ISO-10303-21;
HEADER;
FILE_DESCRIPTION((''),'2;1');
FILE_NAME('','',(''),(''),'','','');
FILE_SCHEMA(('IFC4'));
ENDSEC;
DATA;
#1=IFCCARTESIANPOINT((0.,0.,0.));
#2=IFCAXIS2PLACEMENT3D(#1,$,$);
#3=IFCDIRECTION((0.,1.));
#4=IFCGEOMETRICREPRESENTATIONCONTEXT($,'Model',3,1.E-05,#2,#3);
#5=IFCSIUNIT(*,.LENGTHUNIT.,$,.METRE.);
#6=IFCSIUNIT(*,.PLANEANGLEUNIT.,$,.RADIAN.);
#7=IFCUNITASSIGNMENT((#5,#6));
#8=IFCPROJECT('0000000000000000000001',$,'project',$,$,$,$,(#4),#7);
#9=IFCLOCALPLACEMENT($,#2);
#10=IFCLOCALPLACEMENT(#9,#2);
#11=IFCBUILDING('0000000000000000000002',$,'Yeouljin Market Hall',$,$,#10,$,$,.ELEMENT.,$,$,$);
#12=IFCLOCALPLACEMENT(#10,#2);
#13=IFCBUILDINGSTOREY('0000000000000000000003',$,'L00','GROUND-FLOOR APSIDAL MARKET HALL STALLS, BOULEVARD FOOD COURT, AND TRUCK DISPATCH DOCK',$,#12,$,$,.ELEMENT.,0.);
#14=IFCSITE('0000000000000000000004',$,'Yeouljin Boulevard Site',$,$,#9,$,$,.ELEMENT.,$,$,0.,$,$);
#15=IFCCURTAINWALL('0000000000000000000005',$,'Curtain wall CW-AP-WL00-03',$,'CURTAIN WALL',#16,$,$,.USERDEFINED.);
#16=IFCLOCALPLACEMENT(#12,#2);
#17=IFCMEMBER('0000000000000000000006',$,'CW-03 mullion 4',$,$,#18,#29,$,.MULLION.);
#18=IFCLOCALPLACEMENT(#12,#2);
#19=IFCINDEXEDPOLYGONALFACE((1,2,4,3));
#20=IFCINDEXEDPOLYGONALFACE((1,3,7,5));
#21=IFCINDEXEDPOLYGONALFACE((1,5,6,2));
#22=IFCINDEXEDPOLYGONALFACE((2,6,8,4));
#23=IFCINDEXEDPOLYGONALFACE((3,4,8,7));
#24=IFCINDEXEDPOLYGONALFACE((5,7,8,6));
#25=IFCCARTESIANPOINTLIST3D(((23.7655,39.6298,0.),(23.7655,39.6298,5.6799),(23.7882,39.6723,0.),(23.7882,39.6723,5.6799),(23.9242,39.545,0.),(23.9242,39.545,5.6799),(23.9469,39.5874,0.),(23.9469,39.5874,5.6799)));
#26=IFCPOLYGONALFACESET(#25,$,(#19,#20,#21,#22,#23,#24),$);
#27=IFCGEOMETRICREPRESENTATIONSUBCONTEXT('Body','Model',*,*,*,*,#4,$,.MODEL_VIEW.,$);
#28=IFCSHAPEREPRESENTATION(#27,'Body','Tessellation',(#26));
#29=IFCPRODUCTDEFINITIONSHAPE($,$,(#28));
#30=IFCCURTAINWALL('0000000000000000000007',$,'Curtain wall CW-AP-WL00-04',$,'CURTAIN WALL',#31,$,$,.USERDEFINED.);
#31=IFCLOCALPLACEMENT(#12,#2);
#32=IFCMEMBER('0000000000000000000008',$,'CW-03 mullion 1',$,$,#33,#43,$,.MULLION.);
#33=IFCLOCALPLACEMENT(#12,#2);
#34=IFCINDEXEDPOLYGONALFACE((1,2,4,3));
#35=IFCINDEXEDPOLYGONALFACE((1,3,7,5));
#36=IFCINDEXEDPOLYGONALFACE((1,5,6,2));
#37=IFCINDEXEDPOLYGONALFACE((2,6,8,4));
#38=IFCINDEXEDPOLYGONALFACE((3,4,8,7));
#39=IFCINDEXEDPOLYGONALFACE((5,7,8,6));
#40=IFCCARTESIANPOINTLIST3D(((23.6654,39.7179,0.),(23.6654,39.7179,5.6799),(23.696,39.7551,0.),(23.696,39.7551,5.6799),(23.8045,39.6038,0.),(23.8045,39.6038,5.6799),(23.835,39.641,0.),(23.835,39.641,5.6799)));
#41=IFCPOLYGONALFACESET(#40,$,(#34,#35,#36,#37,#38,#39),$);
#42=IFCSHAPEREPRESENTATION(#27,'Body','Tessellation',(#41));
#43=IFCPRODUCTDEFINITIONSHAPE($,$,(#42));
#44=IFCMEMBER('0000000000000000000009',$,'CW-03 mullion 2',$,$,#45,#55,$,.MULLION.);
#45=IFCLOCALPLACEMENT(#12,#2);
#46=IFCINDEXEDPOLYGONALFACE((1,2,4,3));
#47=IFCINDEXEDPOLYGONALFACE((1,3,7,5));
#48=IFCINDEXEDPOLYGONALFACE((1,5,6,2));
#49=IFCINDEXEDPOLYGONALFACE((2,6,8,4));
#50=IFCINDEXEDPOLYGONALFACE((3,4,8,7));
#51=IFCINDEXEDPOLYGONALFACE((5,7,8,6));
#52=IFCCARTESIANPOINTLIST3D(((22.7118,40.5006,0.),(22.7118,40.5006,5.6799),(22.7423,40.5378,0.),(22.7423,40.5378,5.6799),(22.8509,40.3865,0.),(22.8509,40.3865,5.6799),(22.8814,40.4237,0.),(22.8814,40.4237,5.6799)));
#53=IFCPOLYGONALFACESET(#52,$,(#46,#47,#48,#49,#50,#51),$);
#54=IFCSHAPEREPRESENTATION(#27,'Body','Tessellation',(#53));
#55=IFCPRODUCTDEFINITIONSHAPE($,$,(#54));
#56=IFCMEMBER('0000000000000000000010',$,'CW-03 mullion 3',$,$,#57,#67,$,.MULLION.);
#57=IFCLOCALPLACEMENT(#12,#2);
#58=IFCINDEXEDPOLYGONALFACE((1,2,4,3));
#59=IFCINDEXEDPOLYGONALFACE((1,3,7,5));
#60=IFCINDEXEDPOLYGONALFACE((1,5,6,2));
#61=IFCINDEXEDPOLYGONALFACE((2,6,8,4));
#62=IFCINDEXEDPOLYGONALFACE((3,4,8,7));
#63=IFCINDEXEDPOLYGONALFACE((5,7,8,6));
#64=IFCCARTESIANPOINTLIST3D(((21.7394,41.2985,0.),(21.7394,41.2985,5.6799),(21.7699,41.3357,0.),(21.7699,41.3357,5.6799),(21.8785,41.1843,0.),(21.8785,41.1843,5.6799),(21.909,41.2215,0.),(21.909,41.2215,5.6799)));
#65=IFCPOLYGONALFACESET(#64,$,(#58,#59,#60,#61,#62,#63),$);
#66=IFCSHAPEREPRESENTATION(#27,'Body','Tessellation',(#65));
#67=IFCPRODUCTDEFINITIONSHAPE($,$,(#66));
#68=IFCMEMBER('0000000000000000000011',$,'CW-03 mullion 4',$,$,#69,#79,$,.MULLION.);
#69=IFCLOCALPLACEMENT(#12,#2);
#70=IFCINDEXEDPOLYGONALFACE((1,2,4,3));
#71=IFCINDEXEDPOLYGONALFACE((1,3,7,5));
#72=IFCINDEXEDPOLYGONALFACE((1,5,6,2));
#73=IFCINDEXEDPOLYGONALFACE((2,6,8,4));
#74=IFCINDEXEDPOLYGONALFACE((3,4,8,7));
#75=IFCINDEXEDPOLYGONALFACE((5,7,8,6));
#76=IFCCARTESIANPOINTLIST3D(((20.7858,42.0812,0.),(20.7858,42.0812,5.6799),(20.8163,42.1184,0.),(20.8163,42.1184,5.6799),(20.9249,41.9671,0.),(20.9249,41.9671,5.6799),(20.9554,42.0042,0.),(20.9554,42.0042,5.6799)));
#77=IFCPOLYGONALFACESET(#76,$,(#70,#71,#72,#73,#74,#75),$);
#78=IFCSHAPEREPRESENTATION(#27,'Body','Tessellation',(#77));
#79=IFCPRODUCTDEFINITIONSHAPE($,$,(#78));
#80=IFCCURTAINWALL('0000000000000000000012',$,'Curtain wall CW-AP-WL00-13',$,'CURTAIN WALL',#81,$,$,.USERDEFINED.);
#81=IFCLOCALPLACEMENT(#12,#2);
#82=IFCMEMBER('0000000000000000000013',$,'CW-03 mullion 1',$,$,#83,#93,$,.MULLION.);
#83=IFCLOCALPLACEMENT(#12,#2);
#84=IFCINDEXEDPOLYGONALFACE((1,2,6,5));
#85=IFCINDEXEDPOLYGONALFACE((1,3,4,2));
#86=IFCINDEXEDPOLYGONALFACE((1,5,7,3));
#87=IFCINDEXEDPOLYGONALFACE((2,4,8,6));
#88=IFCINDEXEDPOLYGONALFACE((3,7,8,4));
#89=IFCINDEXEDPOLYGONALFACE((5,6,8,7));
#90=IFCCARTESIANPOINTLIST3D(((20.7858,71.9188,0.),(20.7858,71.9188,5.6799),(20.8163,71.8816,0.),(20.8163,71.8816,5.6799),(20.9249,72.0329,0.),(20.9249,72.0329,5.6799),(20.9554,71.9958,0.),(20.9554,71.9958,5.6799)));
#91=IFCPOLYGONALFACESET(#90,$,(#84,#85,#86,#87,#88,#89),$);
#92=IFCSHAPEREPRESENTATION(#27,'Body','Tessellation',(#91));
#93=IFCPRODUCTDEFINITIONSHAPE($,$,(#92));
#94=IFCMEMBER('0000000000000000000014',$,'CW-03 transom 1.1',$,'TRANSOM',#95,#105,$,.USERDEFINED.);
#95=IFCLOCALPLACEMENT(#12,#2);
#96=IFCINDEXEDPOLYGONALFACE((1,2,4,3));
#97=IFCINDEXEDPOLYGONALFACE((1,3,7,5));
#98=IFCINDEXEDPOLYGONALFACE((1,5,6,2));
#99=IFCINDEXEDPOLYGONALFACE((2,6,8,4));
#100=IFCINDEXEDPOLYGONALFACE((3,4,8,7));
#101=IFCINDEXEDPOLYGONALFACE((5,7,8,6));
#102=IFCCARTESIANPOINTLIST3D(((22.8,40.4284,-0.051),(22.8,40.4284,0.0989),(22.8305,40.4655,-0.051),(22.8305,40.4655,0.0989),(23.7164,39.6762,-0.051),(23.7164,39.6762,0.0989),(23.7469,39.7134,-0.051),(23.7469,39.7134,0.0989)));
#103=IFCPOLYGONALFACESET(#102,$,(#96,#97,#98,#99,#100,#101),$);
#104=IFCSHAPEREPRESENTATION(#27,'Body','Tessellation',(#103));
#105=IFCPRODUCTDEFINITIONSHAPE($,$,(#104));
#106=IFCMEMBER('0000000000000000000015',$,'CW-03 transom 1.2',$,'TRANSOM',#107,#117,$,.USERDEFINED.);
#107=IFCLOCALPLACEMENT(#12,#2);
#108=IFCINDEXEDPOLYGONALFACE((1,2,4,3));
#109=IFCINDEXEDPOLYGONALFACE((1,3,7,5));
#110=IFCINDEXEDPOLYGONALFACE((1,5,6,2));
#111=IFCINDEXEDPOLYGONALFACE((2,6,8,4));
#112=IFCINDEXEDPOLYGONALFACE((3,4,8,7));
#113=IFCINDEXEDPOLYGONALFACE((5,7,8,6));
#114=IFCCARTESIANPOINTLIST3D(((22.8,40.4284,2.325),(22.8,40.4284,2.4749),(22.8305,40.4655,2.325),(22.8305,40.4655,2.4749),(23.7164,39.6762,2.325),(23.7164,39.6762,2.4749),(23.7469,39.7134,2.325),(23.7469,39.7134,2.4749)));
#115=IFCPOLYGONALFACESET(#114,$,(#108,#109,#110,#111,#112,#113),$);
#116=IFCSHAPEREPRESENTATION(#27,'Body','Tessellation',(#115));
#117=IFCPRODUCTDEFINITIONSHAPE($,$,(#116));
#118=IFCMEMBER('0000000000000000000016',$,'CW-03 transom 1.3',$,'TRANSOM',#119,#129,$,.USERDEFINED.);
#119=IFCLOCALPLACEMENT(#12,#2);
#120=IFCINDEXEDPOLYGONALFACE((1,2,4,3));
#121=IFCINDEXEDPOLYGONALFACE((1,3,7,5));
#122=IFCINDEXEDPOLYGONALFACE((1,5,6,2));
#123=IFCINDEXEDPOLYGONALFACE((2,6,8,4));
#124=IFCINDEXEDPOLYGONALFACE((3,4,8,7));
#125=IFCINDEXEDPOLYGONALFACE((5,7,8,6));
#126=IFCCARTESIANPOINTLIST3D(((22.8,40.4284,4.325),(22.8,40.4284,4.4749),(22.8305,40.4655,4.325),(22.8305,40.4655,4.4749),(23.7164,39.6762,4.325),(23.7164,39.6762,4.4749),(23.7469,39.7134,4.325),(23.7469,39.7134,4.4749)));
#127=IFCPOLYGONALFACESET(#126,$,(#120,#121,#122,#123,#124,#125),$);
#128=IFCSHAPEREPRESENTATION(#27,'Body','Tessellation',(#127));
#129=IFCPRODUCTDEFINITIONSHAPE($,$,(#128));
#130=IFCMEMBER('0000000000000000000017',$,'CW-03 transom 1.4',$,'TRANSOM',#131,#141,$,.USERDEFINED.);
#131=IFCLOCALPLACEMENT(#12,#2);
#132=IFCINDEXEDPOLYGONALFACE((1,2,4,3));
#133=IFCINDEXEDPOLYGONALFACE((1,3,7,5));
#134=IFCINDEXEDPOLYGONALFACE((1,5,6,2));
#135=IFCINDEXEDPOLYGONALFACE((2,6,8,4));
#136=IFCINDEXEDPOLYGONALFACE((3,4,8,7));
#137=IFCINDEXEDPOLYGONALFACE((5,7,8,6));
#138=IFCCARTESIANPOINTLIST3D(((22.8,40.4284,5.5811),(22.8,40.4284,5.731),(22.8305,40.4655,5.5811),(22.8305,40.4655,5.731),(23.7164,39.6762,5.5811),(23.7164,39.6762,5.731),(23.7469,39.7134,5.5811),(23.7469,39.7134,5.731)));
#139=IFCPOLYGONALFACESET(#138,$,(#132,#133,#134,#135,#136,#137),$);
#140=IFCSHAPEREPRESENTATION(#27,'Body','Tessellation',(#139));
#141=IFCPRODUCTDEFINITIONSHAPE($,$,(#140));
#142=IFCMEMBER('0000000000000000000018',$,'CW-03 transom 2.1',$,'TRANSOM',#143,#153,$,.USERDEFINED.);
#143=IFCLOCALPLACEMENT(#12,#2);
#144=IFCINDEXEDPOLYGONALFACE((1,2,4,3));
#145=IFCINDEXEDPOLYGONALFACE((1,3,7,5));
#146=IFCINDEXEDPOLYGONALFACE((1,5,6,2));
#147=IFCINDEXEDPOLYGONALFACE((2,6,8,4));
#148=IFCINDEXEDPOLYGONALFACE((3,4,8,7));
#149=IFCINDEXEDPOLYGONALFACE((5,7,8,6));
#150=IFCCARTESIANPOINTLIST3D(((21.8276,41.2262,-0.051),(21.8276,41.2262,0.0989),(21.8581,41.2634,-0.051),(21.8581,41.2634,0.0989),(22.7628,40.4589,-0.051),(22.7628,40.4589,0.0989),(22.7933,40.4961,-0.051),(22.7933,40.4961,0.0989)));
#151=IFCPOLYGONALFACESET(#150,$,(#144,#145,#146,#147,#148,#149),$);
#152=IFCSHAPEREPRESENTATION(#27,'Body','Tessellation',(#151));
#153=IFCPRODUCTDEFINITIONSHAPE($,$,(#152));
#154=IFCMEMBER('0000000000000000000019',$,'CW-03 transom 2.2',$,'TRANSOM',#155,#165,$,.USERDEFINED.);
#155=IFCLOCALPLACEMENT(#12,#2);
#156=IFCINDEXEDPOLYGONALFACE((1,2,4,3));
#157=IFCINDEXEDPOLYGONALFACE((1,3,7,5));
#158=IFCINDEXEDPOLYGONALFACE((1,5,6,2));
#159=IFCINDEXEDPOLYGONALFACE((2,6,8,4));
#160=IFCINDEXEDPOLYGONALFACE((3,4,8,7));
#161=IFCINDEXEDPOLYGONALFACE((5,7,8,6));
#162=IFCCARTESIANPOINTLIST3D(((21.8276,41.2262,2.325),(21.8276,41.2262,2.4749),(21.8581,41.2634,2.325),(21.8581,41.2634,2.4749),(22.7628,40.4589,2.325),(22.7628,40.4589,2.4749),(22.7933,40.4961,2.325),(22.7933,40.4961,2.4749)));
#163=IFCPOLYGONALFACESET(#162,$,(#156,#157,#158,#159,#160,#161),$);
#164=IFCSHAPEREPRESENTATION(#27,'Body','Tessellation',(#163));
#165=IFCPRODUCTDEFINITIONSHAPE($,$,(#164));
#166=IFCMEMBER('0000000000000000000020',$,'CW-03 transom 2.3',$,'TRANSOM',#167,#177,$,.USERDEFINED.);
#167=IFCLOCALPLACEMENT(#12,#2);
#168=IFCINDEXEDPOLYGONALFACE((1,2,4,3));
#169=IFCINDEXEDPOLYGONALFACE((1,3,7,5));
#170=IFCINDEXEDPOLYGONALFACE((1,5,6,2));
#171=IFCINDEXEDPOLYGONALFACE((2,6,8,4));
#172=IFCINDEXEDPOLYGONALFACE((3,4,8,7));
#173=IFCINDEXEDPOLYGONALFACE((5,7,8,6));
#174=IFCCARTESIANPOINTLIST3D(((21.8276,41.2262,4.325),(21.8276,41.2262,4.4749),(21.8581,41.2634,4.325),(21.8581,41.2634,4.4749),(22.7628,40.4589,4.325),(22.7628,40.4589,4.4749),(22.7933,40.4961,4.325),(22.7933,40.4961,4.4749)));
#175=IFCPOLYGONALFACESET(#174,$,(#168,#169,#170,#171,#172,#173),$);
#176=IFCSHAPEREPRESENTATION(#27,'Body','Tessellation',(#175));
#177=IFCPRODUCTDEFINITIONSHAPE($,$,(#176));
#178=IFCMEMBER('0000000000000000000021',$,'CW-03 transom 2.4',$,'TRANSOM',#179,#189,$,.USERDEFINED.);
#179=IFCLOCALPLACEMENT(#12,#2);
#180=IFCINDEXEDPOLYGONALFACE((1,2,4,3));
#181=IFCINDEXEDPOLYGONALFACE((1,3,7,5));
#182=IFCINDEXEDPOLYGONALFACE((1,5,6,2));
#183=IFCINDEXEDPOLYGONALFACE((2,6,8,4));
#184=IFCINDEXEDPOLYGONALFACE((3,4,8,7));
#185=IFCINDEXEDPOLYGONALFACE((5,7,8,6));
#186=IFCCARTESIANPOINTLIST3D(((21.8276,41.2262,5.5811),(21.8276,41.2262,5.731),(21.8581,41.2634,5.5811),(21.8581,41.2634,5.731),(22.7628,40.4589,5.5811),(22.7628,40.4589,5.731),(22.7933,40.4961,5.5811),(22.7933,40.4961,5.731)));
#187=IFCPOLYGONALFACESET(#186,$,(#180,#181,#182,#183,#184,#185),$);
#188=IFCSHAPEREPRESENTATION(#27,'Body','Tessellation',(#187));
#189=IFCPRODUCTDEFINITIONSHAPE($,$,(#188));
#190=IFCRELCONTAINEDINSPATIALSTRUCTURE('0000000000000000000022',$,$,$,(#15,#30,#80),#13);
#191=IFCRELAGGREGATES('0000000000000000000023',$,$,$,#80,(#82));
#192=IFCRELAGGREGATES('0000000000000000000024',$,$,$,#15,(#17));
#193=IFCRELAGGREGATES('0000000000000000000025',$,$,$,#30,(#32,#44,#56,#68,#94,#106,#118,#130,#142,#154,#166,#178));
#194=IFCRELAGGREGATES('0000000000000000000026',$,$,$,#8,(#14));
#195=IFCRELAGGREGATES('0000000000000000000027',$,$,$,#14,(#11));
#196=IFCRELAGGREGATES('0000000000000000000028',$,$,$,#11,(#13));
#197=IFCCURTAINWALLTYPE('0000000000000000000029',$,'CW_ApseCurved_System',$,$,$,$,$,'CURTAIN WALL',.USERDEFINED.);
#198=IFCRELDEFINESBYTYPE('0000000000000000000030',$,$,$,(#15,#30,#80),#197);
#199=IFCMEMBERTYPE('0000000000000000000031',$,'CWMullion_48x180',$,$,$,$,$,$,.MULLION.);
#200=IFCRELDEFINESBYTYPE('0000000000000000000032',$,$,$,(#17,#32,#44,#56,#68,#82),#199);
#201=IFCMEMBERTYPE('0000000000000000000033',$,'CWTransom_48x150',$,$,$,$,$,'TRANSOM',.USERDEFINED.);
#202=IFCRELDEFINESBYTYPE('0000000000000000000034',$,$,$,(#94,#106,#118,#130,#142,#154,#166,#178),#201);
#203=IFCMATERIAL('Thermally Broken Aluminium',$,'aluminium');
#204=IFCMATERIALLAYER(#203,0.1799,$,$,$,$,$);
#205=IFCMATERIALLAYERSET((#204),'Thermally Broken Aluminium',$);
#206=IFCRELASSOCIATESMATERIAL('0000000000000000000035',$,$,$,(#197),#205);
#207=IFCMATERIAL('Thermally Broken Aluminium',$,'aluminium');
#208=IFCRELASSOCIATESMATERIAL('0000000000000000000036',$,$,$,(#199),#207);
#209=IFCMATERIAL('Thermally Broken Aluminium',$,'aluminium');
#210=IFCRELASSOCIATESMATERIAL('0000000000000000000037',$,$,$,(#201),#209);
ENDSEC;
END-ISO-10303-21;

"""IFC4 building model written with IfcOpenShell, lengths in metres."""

from ifc_helpers import new_model, si_unit, direction, frame, origin, origin_2d, place, context, subcontext, project, spatial, rectangle, extrude, material, layer, layer_set, material_profile, profile_set, type_object, element, aggregate, save


model = new_model("IFC4")

# Units and contexts
model_context = context("Model", 3, precision=1e-05, world=origin(), true_north=direction((0.0, 1.0)))
body_context = subcontext(model_context, "Body", "Model", "MODEL_VIEW")
ifc_project = project(units=[si_unit("LENGTHUNIT", "METRE"), si_unit("PLANEANGLEUNIT", "RADIAN")], contexts=[model_context])

# Site, building, storey
site_placement = place(None, origin())
site = spatial("IfcSite", under=ifc_project, at=site_placement, Name="Yeouljin Boulevard Site", CompositionType="ELEMENT", RefElevation=0.0)
building_placement = place(site_placement, origin())
building = spatial("IfcBuilding", under=site, at=building_placement, Name="Yeouljin Market Hall", CompositionType="ELEMENT")
storey_placement = place(building_placement, origin())
storey = spatial("IfcBuildingStorey", under=building, at=storey_placement, Name="L00", Description="GROUND-FLOOR APSIDAL MARKET HALL STALLS, BOULEVARD FOOD COURT, AND TRUCK DISPATCH DOCK", CompositionType="ELEMENT", Elevation=0.0)

# Curtain wall, member
ifc_material_1 = material(Name="Thermally Broken Aluminium", Category="aluminium")
ifc_layer_1 = layer(ifc_material_1, 0.1799)
ifc_layer_set_1 = layer_set([ifc_layer_1], Name="Thermally Broken Aluminium")
curtain_wall_type = type_object("IfcCurtainWallType", Name="CW_ApseCurved_System", ElementType="CURTAIN WALL", PredefinedType="USERDEFINED", material=ifc_layer_set_1)
curtain_wall_1_placement = place(storey_placement, origin())
curtain_wall_1 = element("IfcCurtainWall", 1, at=curtain_wall_1_placement, inside=storey, type_object=curtain_wall_type, Name="Curtain wall CW-AP-WL00-03", ObjectType="CURTAIN WALL", PredefinedType="USERDEFINED")
ifc_material_2 = material(Name="Thermally Broken Aluminium", Category="aluminium")
ifc_material_profile_1 = material_profile(ifc_material_2, rectangle(XDim=0.0481, YDim=0.1799, at=origin_2d()), Name="CW-MULL-48x180")
ifc_profile_set_1 = profile_set([ifc_material_profile_1], Name="Thermally Broken Aluminium")
member_type_1 = type_object("IfcMemberType", Name="CWMullion_48x180", PredefinedType="MULLION", material=ifc_profile_set_1)
member_1_placement = place(storey_placement, frame((23.8562, 39.6086, 0.0), z_axis=(0.0, 0.0, 1.0), x_axis=(-0.471378, -0.881931, 0.0)))
member_1 = element("IfcMember", 2, at=member_1_placement, type_object=member_type_1, Name="CW-03 mullion 4", PredefinedType="MULLION", context=body_context, shape_type="SweptSolid", body=[
    extrude(rectangle(XDim=0.0481, YDim=0.1799, at=origin_2d()), origin(), (0.0, 0.0, 1.0), 5.6799),
])

# Curtain wall, members
curtain_wall_2_placement = place(storey_placement, origin())
curtain_wall_2 = element("IfcCurtainWall", 3, at=curtain_wall_2_placement, inside=storey, type_object=curtain_wall_type, Name="Curtain wall CW-AP-WL00-04", ObjectType="CURTAIN WALL", PredefinedType="USERDEFINED")
member_2_placement = place(storey_placement, frame((23.7502, 39.6794, 0.0), z_axis=(0.0, 0.0, 1.0), x_axis=(-0.634384, -0.773018, 0.0)))
member_2 = element("IfcMember", 4, at=member_2_placement, type_object=member_type_1, Name="CW-03 mullion 1", PredefinedType="MULLION", context=body_context, shape_type="SweptSolid", body=[
    extrude(rectangle(XDim=0.0481, YDim=0.1799, at=origin_2d()), origin(), (0.0, 0.0, 1.0), 5.6799),
])
member_3_placement = place(storey_placement, frame((22.7966, 40.4622, 0.0), z_axis=(0.0, 0.0, 1.0), x_axis=(-0.634384, -0.773018, 0.0)))
member_3 = element("IfcMember", 5, at=member_3_placement, type_object=member_type_1, Name="CW-03 mullion 2", PredefinedType="MULLION", context=body_context, shape_type="SweptSolid", body=[
    extrude(rectangle(XDim=0.0481, YDim=0.1799, at=origin_2d()), origin(), (0.0, 0.0, 1.0), 5.6799),
])
member_4_placement = place(storey_placement, frame((21.8242, 41.26, 0.0), z_axis=(0.0, 0.0, 1.0), x_axis=(-0.634384, -0.773018, 0.0)))
member_4 = element("IfcMember", 6, at=member_4_placement, type_object=member_type_1, Name="CW-03 mullion 3", PredefinedType="MULLION", context=body_context, shape_type="SweptSolid", body=[
    extrude(rectangle(XDim=0.0481, YDim=0.1799, at=origin_2d()), origin(), (0.0, 0.0, 1.0), 5.6799),
])
member_5_placement = place(storey_placement, frame((20.8706, 42.0427, 0.0), z_axis=(0.0, 0.0, 1.0), x_axis=(-0.634384, -0.773018, 0.0)))
member_5 = element("IfcMember", 7, at=member_5_placement, type_object=member_type_1, Name="CW-03 mullion 4", PredefinedType="MULLION", context=body_context, shape_type="SweptSolid", body=[
    extrude(rectangle(XDim=0.0481, YDim=0.1799, at=origin_2d()), origin(), (0.0, 0.0, 1.0), 5.6799),
])

# Curtain wall, member
curtain_wall_3_placement = place(storey_placement, origin())
curtain_wall_3 = element("IfcCurtainWall", 8, at=curtain_wall_3_placement, inside=storey, type_object=curtain_wall_type, Name="Curtain wall CW-AP-WL00-13", ObjectType="CURTAIN WALL", PredefinedType="USERDEFINED")
member_6_placement = place(storey_placement, frame((20.8706, 71.9573, 0.0), z_axis=(0.0, 0.0, 1.0), x_axis=(-0.634384, 0.773018, 0.0)))
member_6 = element("IfcMember", 9, at=member_6_placement, type_object=member_type_1, Name="CW-03 mullion 1", PredefinedType="MULLION", context=body_context, shape_type="SweptSolid", body=[
    extrude(rectangle(XDim=0.0481, YDim=0.1799, at=origin_2d()), origin(), (0.0, 0.0, 1.0), 5.6799),
])
aggregate(curtain_wall_3, [member_6])

# Members
ifc_material_3 = material(Name="Thermally Broken Aluminium", Category="aluminium")
ifc_material_profile_2 = material_profile(ifc_material_3, rectangle(XDim=0.0481, YDim=0.1499, at=origin_2d()), Name="CW-TRAN-48x150")
ifc_profile_set_2 = profile_set([ifc_material_profile_2], Name="Thermally Broken Aluminium")
member_type_2 = type_object("IfcMemberType", Name="CWTransom_48x150", ElementType="TRANSOM", PredefinedType="USERDEFINED", material=ifc_profile_set_2)
member_7_placement = place(storey_placement, frame((23.7317, 39.6948, 0.0239), z_axis=(-0.772993, 0.634414, 0.0), x_axis=(-0.634414, -0.772993, 0.0)))
member_7 = element("IfcMember", 10, at=member_7_placement, type_object=member_type_2, Name="CW-03 transom 1.1", ObjectType="TRANSOM", PredefinedType="USERDEFINED", context=body_context, shape_type="SweptSolid", body=[
    extrude(rectangle(XDim=0.0481, YDim=0.1499, at=origin_2d()), origin(), (0.0, 0.0, 1.0), 1.1855),
])
member_8_placement = place(storey_placement, frame((23.7317, 39.6948, 2.3999), z_axis=(-0.772993, 0.634414, 0.0), x_axis=(-0.634414, -0.772993, 0.0)))
member_8 = element("IfcMember", 11, at=member_8_placement, type_object=member_type_2, Name="CW-03 transom 1.2", ObjectType="TRANSOM", PredefinedType="USERDEFINED", context=body_context, shape_type="SweptSolid", body=[
    extrude(rectangle(XDim=0.0481, YDim=0.1499, at=origin_2d()), origin(), (0.0, 0.0, 1.0), 1.1855),
])
member_9_placement = place(storey_placement, frame((23.7317, 39.6948, 4.3999), z_axis=(-0.772993, 0.634414, 0.0), x_axis=(-0.634414, -0.772993, 0.0)))
member_9 = element("IfcMember", 12, at=member_9_placement, type_object=member_type_2, Name="CW-03 transom 1.3", ObjectType="TRANSOM", PredefinedType="USERDEFINED", context=body_context, shape_type="SweptSolid", body=[
    extrude(rectangle(XDim=0.0481, YDim=0.1499, at=origin_2d()), origin(), (0.0, 0.0, 1.0), 1.1855),
])
member_10_placement = place(storey_placement, frame((23.7317, 39.6948, 5.656), z_axis=(-0.772993, 0.634414, 0.0), x_axis=(-0.634414, -0.772993, 0.0)))
member_10 = element("IfcMember", 13, at=member_10_placement, type_object=member_type_2, Name="CW-03 transom 1.4", ObjectType="TRANSOM", PredefinedType="USERDEFINED", context=body_context, shape_type="SweptSolid", body=[
    extrude(rectangle(XDim=0.0481, YDim=0.1499, at=origin_2d()), origin(), (0.0, 0.0, 1.0), 1.1855),
])
member_11_placement = place(storey_placement, frame((22.7781, 40.4775, 0.0239), z_axis=(-0.773111, 0.63427, 0.0), x_axis=(-0.63427, -0.773111, 0.0)))
member_11 = element("IfcMember", 14, at=member_11_placement, type_object=member_type_2, Name="CW-03 transom 2.1", ObjectType="TRANSOM", PredefinedType="USERDEFINED", context=body_context, shape_type="SweptSolid", body=[
    extrude(rectangle(XDim=0.0481, YDim=0.1499, at=origin_2d()), origin(), (0.0, 0.0, 1.0), 1.2097),
])
member_12_placement = place(storey_placement, frame((22.7781, 40.4775, 2.3999), z_axis=(-0.773111, 0.63427, 0.0), x_axis=(-0.63427, -0.773111, 0.0)))
member_12 = element("IfcMember", 15, at=member_12_placement, type_object=member_type_2, Name="CW-03 transom 2.2", ObjectType="TRANSOM", PredefinedType="USERDEFINED", context=body_context, shape_type="SweptSolid", body=[
    extrude(rectangle(XDim=0.0481, YDim=0.1499, at=origin_2d()), origin(), (0.0, 0.0, 1.0), 1.2097),
])
member_13_placement = place(storey_placement, frame((22.7781, 40.4775, 4.3999), z_axis=(-0.773111, 0.63427, 0.0), x_axis=(-0.63427, -0.773111, 0.0)))
member_13 = element("IfcMember", 16, at=member_13_placement, type_object=member_type_2, Name="CW-03 transom 2.3", ObjectType="TRANSOM", PredefinedType="USERDEFINED", context=body_context, shape_type="SweptSolid", body=[
    extrude(rectangle(XDim=0.0481, YDim=0.1499, at=origin_2d()), origin(), (0.0, 0.0, 1.0), 1.2097),
])
member_14_placement = place(storey_placement, frame((22.7781, 40.4775, 5.656), z_axis=(-0.773111, 0.63427, 0.0), x_axis=(-0.63427, -0.773111, 0.0)))
member_14 = element("IfcMember", 17, at=member_14_placement, type_object=member_type_2, Name="CW-03 transom 2.4", ObjectType="TRANSOM", PredefinedType="USERDEFINED", context=body_context, shape_type="SweptSolid", body=[
    extrude(rectangle(XDim=0.0481, YDim=0.1499, at=origin_2d()), origin(), (0.0, 0.0, 1.0), 1.2097),
])

aggregate(curtain_wall_1, [member_1])
aggregate(curtain_wall_2, [member_2, member_3, member_4, member_5, member_7, member_8, member_9, member_10, member_11, member_12, member_13, member_14])

save(model, "model.ifc")
